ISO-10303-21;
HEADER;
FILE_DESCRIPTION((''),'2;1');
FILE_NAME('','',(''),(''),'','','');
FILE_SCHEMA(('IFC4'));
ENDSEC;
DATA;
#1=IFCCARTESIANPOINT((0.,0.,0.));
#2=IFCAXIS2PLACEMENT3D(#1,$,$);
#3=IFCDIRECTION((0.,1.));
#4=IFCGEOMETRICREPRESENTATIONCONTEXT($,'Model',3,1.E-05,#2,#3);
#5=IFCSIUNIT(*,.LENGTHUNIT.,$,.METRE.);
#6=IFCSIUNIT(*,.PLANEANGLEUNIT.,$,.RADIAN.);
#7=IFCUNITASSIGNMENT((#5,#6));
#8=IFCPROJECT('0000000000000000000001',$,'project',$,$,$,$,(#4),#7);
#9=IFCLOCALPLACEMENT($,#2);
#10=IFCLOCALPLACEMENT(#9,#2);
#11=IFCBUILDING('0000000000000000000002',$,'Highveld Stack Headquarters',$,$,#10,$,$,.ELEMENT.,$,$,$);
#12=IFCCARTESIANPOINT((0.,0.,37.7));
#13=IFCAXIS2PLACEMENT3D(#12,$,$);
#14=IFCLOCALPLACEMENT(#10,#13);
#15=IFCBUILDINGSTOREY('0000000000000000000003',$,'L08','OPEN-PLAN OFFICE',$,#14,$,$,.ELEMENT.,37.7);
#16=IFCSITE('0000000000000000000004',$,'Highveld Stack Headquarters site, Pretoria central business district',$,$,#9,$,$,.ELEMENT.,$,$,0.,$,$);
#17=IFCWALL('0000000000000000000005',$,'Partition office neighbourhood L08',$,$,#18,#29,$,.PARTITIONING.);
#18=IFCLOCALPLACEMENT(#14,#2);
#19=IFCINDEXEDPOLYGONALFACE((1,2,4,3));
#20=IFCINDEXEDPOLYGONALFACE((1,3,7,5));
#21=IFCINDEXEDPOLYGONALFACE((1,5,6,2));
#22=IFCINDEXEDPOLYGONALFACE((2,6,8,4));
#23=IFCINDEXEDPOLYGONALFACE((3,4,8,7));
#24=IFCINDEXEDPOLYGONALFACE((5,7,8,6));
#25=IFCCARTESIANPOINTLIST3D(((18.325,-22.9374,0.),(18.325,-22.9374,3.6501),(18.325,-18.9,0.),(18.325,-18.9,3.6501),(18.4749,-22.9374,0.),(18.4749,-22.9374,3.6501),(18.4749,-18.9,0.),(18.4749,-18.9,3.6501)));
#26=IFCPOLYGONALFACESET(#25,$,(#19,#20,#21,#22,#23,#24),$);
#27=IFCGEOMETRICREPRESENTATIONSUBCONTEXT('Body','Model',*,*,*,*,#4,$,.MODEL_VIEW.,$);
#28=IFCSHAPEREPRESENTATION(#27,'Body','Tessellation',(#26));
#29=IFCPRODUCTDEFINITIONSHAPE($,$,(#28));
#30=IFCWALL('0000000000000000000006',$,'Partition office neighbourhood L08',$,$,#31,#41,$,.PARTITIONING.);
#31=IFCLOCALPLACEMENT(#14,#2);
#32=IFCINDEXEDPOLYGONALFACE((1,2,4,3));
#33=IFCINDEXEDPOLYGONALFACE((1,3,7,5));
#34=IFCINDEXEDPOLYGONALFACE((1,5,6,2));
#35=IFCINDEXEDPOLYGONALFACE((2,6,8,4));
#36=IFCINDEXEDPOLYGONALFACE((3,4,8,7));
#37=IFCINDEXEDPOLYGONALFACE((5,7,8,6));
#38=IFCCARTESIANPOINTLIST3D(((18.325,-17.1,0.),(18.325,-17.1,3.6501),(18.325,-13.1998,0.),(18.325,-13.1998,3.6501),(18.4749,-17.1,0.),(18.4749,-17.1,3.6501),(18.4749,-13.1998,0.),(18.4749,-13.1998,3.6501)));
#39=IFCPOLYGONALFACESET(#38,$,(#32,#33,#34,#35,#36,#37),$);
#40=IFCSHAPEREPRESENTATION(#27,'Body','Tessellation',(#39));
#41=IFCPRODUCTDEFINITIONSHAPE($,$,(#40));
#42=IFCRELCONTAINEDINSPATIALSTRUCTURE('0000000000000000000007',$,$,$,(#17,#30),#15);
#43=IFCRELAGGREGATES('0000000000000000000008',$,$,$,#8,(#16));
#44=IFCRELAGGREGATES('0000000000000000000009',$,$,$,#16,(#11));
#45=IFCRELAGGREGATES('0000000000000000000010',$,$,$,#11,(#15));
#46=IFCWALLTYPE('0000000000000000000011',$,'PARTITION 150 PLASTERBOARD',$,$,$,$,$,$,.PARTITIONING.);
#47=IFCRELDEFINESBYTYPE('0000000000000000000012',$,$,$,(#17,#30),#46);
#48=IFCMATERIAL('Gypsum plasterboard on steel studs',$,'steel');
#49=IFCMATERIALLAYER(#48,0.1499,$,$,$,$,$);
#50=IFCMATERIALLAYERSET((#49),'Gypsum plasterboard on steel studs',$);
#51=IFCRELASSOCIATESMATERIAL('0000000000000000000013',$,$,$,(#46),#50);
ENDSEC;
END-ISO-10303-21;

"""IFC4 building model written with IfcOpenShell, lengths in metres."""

from ifc_helpers import new_model, si_unit, direction, frame, frame_2d, origin, place, context, subcontext, project, spatial, rectangle, extrude, material, layer, layer_set, type_object, element, save


model = new_model("IFC4")

# Units and contexts
model_context = context("Model", 3, precision=1e-05, world=origin(), true_north=direction((0.0, 1.0)))
body_context = subcontext(model_context, "Body", "Model", "MODEL_VIEW")
ifc_project = project(units=[si_unit("LENGTHUNIT", "METRE"), si_unit("PLANEANGLEUNIT", "RADIAN")], contexts=[model_context])

# Site, building, storey
site_placement = place(None, origin())
site = spatial("IfcSite", under=ifc_project, at=site_placement, Name="Highveld Stack Headquarters site, Pretoria central business district", CompositionType="ELEMENT", RefElevation=0.0)
building_placement = place(site_placement, origin())
building = spatial("IfcBuilding", under=site, at=building_placement, Name="Highveld Stack Headquarters", CompositionType="ELEMENT")
storey_placement = place(building_placement, frame((0.0, 0.0, 37.7)))
storey = spatial("IfcBuildingStorey", under=building, at=storey_placement, Name="L08", Description="OPEN-PLAN OFFICE", CompositionType="ELEMENT", Elevation=37.7)

# Walls
ifc_material_1 = material(Name="Gypsum plasterboard on steel studs", Category="steel")
ifc_layer_1 = layer(ifc_material_1, 0.1499)
ifc_layer_set_1 = layer_set([ifc_layer_1], Name="Gypsum plasterboard on steel studs")
wall_type = type_object("IfcWallType", Name="PARTITION 150 PLASTERBOARD", PredefinedType="PARTITIONING", material=ifc_layer_set_1)
wall_1_placement = place(storey_placement, frame((18.3999, -22.9373, 0.0), z_axis=(0.0, 0.0, 1.0), x_axis=(0.0, 1.0, 0.0)))
element("IfcWall", 1, at=wall_1_placement, inside=storey, type_object=wall_type, Name="Partition office neighbourhood L08", PredefinedType="PARTITIONING", context=body_context, shape_type="SweptSolid", body=[
    extrude(rectangle(XDim=4.0374, YDim=0.1499, at=frame_2d((2.0186, 0.0))), origin(), (0.0, 0.0, 1.0), 3.6501),
])
wall_2_placement = place(storey_placement, frame((18.3999, -17.1001, 0.0), z_axis=(0.0, 0.0, 1.0), x_axis=(0.0, 1.0, 0.0)))
element("IfcWall", 2, at=wall_2_placement, inside=storey, type_object=wall_type, Name="Partition office neighbourhood L08", PredefinedType="PARTITIONING", context=body_context, shape_type="SweptSolid", body=[
    extrude(rectangle(XDim=3.9001, YDim=0.1499, at=frame_2d((1.9502, 0.0))), origin(), (0.0, 0.0, 1.0), 3.6501),
])

save(model, "model.ifc")
